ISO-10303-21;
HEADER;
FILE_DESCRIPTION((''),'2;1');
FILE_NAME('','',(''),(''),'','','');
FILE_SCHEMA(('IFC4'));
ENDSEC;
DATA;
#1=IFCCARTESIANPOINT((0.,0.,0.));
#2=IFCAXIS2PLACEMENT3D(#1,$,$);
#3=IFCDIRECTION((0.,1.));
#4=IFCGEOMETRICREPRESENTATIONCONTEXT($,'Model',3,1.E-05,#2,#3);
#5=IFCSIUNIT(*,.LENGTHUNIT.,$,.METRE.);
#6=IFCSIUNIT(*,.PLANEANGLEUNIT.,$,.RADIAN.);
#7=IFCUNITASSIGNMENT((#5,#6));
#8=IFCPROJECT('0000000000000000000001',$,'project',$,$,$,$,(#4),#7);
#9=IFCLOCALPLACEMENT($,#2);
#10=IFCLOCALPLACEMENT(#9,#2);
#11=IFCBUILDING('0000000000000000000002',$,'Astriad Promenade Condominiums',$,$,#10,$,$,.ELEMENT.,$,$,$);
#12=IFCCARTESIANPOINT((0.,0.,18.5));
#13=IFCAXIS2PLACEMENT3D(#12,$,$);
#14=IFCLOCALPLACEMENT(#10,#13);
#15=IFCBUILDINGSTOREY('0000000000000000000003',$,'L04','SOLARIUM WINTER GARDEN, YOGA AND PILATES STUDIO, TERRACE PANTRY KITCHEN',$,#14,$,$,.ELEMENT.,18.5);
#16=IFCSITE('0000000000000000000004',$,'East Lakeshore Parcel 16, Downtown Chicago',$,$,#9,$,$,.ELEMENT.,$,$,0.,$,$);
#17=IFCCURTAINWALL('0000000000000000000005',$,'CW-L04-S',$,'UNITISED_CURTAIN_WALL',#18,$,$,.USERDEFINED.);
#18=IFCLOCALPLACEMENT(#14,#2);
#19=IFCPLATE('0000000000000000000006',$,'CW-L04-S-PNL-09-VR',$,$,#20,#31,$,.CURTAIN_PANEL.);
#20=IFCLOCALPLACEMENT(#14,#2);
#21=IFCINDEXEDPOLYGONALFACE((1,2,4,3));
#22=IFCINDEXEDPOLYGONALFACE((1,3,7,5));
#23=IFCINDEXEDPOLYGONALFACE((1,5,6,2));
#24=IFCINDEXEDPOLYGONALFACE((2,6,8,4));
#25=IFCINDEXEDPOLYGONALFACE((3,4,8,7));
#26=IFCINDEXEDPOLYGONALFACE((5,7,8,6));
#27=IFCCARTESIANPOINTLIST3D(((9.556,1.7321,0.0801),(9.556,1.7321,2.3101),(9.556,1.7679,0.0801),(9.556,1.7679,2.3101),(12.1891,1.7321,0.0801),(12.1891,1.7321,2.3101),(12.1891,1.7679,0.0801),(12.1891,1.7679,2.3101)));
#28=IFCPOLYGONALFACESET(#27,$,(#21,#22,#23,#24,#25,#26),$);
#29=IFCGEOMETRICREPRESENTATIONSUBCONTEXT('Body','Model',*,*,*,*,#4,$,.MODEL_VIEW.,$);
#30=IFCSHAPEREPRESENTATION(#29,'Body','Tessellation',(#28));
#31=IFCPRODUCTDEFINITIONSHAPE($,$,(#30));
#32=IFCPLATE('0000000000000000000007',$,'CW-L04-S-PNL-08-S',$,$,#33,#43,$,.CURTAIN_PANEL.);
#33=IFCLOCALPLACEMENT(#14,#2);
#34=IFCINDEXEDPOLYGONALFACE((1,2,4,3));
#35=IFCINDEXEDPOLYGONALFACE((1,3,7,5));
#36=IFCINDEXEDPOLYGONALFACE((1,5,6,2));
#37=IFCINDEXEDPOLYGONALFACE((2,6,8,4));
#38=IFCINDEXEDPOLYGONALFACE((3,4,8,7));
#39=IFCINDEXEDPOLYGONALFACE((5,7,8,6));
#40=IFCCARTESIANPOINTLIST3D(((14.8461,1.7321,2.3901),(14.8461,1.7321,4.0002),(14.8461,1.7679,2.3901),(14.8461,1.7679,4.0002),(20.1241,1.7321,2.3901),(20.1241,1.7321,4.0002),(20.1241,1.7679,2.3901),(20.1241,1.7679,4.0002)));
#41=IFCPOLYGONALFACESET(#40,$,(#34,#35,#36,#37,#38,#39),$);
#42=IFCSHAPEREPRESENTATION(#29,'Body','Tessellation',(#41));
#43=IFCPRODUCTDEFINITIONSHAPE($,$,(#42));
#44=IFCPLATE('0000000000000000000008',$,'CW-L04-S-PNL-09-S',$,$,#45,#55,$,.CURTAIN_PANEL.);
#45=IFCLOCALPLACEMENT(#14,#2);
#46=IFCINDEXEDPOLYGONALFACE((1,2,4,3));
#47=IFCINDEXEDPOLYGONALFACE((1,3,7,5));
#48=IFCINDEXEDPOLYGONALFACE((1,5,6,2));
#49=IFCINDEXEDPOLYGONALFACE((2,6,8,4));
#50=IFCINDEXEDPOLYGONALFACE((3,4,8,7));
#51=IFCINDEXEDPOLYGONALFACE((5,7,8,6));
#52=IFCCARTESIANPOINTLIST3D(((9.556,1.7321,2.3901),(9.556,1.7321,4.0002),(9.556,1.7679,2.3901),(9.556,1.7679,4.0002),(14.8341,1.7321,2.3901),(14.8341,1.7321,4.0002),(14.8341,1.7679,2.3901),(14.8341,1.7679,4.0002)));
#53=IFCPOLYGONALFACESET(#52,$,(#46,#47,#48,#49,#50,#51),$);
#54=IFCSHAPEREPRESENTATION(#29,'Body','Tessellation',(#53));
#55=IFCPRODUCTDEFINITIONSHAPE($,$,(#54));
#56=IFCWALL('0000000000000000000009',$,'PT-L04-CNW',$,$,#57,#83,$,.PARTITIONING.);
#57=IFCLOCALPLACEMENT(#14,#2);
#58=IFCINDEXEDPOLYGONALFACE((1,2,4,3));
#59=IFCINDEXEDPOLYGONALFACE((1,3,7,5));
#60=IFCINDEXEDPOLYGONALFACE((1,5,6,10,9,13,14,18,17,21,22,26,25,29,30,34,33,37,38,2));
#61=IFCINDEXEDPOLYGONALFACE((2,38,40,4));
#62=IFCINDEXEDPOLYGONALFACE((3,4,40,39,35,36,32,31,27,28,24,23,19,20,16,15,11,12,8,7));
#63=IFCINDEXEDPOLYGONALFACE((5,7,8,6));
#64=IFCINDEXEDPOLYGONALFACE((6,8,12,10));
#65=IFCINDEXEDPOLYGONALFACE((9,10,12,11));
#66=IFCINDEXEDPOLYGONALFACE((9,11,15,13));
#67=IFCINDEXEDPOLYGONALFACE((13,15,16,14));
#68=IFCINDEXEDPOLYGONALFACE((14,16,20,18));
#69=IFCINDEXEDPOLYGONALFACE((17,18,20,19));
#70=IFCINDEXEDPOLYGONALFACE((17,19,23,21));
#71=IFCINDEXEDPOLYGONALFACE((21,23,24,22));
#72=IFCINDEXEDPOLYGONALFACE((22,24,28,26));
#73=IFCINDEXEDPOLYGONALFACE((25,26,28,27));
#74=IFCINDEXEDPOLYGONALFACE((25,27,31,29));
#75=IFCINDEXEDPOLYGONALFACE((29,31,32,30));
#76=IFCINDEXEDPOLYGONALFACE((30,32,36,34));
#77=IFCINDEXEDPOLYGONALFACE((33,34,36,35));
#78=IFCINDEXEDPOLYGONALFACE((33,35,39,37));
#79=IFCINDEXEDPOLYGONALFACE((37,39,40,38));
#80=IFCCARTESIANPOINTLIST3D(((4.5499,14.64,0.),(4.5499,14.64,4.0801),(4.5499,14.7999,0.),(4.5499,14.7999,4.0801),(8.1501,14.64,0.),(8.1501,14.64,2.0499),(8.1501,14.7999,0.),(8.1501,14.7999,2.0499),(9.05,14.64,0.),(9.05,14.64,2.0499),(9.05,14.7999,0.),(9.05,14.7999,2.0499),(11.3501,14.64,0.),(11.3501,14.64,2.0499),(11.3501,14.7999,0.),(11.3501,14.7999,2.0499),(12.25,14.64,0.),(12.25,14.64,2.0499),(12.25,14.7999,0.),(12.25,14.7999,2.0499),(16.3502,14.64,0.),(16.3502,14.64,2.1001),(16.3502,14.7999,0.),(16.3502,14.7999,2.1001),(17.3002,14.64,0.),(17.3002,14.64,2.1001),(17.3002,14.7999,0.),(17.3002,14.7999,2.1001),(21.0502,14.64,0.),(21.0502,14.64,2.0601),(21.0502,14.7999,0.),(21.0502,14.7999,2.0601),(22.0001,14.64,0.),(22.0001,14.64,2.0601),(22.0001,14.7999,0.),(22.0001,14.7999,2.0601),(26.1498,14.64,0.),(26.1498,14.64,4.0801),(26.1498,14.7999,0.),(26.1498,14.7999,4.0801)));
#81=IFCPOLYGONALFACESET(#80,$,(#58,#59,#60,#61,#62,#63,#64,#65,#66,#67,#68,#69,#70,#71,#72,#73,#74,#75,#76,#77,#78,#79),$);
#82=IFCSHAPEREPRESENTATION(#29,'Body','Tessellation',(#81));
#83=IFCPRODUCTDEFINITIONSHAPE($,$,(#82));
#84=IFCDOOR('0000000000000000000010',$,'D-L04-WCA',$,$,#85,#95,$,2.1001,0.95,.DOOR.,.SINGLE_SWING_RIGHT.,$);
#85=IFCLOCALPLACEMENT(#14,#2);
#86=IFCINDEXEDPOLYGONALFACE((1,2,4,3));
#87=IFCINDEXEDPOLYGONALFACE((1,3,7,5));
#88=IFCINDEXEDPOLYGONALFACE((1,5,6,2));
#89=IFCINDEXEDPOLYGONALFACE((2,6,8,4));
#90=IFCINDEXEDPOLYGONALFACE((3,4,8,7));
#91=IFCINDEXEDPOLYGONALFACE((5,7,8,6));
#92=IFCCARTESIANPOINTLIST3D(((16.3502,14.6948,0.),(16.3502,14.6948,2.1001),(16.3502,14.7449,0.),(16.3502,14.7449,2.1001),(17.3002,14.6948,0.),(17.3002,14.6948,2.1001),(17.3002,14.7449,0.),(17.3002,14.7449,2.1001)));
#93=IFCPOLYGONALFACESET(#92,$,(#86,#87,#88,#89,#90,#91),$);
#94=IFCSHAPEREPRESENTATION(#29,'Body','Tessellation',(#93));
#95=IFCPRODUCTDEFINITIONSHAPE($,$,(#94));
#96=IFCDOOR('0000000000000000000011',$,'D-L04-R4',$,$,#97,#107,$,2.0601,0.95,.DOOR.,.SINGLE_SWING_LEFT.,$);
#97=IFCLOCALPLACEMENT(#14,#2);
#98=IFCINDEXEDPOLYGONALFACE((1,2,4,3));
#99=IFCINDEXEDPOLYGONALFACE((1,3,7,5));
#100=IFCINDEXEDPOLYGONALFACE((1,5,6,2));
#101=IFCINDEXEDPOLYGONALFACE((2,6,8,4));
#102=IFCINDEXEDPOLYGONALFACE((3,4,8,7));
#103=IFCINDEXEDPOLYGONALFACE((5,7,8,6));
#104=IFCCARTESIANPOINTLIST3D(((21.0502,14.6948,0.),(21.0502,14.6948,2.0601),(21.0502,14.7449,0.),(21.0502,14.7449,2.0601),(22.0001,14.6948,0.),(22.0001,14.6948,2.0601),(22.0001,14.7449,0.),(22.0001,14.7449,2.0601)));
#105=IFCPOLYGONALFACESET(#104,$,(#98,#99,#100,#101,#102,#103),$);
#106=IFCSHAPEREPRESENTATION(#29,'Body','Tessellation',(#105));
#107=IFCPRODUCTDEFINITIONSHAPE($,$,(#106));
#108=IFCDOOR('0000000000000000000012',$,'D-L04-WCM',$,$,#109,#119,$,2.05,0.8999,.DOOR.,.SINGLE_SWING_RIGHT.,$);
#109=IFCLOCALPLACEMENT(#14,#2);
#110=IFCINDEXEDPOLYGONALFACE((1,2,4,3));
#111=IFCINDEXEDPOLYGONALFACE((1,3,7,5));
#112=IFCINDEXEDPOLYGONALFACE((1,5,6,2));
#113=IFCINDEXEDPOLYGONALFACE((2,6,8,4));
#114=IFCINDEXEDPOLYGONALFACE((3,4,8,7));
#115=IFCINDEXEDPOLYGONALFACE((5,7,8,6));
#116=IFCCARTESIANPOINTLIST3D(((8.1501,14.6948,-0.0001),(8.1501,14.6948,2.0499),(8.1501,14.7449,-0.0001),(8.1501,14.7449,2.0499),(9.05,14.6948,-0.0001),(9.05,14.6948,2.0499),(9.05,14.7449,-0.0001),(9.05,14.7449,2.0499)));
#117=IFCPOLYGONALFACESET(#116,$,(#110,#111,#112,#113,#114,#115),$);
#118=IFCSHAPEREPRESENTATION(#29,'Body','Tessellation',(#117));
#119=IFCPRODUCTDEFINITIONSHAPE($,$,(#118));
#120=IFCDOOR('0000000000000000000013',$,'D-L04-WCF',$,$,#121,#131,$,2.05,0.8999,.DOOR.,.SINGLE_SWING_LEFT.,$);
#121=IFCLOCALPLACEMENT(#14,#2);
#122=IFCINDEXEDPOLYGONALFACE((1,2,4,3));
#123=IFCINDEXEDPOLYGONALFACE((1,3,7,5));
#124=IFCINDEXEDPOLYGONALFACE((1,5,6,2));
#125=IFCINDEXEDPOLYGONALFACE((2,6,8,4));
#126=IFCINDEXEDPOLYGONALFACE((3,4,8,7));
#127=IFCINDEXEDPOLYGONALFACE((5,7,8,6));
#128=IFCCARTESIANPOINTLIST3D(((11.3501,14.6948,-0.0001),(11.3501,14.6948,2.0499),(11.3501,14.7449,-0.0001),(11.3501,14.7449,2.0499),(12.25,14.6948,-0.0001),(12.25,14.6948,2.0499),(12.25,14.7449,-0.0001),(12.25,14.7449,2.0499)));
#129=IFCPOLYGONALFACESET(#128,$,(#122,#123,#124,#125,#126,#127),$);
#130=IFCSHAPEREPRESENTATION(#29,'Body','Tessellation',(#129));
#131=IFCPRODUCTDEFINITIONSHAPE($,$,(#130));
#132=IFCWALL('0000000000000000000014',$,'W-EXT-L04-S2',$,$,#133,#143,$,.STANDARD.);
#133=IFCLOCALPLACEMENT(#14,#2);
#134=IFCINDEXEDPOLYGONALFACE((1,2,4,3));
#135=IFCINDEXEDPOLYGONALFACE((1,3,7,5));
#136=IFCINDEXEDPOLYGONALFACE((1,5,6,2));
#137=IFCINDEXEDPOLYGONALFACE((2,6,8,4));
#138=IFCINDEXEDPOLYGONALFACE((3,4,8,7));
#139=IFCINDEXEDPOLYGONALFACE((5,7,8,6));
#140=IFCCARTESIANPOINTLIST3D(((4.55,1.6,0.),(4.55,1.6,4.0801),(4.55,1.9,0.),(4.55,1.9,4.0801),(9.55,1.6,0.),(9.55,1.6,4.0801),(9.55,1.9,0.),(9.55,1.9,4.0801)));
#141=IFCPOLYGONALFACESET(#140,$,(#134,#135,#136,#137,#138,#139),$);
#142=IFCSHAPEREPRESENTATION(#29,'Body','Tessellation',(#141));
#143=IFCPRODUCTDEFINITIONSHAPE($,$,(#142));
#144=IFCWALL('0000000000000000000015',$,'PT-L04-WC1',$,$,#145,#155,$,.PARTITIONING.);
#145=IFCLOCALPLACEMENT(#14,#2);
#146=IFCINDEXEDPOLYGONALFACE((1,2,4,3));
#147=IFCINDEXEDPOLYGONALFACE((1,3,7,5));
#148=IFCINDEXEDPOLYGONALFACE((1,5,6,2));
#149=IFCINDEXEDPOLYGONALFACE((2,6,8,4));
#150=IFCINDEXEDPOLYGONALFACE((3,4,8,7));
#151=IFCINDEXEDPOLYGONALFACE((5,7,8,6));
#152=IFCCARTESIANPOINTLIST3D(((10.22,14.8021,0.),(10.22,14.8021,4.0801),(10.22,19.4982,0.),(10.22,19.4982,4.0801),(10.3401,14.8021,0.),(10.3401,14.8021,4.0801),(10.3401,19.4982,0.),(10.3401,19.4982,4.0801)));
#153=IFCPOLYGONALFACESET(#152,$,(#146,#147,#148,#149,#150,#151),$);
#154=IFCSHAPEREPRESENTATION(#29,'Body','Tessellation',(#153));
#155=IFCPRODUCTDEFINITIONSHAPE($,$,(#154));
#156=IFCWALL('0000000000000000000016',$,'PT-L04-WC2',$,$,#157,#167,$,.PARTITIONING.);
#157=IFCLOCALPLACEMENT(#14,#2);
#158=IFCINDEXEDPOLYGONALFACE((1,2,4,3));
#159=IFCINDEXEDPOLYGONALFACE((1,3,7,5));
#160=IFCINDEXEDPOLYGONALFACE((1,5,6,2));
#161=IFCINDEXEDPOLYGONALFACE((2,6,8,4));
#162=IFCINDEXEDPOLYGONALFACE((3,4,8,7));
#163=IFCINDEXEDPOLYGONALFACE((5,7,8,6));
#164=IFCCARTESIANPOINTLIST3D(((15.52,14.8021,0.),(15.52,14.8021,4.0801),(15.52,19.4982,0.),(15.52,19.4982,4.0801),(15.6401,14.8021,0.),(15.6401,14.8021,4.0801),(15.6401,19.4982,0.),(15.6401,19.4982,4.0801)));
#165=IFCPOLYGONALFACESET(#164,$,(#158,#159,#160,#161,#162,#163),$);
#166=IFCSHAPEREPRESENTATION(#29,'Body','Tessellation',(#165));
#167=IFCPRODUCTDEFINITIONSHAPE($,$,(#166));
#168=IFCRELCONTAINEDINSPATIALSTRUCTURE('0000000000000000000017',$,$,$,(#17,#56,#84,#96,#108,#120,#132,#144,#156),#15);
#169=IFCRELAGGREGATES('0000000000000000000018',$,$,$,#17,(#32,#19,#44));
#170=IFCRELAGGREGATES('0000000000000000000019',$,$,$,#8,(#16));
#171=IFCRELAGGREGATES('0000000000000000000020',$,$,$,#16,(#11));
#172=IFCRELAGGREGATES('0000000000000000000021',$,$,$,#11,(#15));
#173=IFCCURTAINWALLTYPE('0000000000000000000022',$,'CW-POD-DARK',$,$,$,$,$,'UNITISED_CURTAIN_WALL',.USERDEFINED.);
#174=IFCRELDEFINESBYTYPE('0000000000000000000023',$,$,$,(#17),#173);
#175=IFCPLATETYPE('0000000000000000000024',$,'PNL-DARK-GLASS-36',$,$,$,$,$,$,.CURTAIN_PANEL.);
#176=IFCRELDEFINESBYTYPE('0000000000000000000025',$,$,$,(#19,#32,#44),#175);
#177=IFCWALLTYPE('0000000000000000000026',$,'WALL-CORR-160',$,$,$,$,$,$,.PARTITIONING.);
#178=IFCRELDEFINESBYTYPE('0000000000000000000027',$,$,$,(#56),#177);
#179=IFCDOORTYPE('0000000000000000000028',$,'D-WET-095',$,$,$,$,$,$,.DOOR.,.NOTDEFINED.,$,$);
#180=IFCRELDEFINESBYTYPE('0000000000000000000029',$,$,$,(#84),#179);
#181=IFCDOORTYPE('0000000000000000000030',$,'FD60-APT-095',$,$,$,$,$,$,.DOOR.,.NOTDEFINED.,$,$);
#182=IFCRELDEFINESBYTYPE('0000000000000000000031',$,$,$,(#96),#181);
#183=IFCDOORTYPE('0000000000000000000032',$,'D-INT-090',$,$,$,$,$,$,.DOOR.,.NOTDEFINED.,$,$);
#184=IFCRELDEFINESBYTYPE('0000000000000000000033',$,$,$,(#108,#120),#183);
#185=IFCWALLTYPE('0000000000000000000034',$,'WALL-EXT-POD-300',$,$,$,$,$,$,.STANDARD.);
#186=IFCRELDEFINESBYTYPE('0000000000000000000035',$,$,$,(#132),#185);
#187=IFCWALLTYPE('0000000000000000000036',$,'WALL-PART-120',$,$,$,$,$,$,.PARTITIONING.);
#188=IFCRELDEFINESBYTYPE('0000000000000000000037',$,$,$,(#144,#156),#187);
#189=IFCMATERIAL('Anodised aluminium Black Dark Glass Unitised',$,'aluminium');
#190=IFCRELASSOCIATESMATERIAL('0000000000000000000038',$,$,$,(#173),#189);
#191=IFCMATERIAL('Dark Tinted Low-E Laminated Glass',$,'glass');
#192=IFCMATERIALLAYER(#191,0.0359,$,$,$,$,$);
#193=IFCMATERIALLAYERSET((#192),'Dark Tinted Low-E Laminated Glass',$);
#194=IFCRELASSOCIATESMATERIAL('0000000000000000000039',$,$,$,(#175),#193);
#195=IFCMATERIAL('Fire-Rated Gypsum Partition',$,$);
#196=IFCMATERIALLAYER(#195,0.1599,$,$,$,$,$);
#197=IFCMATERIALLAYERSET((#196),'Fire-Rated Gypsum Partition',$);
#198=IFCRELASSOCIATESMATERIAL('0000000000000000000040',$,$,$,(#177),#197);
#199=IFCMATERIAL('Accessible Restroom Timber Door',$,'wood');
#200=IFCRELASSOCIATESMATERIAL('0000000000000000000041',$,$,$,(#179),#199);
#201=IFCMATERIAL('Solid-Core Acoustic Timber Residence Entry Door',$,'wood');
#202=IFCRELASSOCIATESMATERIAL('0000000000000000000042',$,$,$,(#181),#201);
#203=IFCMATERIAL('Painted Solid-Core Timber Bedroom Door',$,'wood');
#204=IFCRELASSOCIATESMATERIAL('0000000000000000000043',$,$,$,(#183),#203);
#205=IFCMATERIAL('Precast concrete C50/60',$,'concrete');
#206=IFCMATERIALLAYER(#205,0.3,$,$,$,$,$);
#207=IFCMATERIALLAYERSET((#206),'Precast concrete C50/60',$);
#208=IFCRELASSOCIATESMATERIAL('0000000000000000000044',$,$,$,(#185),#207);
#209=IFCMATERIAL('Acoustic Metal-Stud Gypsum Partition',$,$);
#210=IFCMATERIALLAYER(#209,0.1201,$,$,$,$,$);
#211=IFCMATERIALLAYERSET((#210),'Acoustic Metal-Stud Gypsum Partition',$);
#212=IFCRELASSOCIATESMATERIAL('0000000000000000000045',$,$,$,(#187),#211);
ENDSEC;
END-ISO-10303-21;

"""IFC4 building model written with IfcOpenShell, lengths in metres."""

from ifc_helpers import new_model, si_unit, direction, frame, frame_2d, origin, origin_2d, place, context, subcontext, project, spatial, rectangle, extrude, source, transform, mapped, material, layer, layer_set, type_object, type_shapes, element, fill, aggregate, save


model = new_model("IFC4")

# Units and contexts
model_context = context("Model", 3, precision=1e-05, world=origin(), true_north=direction((0.0, 1.0)))
body_context = subcontext(model_context, "Body", "Model", "MODEL_VIEW")
ifc_project = project(units=[si_unit("LENGTHUNIT", "METRE"), si_unit("PLANEANGLEUNIT", "RADIAN")], contexts=[model_context])

# Site, building, storey
site_placement = place(None, origin())
site = spatial("IfcSite", under=ifc_project, at=site_placement, Name="East Lakeshore Parcel 16, Downtown Chicago", CompositionType="ELEMENT", RefElevation=0.0)
building_placement = place(site_placement, origin())
building = spatial("IfcBuilding", under=site, at=building_placement, Name="Astriad Promenade Condominiums", CompositionType="ELEMENT")
storey_placement = place(building_placement, frame((0.0, 0.0, 18.5)))
storey = spatial("IfcBuildingStorey", under=building, at=storey_placement, Name="L04", Description="SOLARIUM WINTER GARDEN, YOGA AND PILATES STUDIO, TERRACE PANTRY KITCHEN", CompositionType="ELEMENT", Elevation=18.5)

# Curtain wall
ifc_material_1 = material(Name="Anodised aluminium Black Dark Glass Unitised", Category="aluminium")
curtain_wall_type = type_object("IfcCurtainWallType", Name="CW-POD-DARK", ElementType="UNITISED_CURTAIN_WALL", PredefinedType="USERDEFINED", material=ifc_material_1)
curtain_wall_1_placement = place(storey_placement, origin())
curtain_wall_1 = element("IfcCurtainWall", 1, at=curtain_wall_1_placement, inside=storey, type_object=curtain_wall_type, Name="CW-L04-S", ObjectType="UNITISED_CURTAIN_WALL", PredefinedType="USERDEFINED")

# Shared definitions
ifc_material_2 = material(Name="Dark Tinted Low-E Laminated Glass", Category="glass")
ifc_layer_1 = layer(ifc_material_2, 0.0359)
ifc_layer_set_1 = layer_set([ifc_layer_1], Name="Dark Tinted Low-E Laminated Glass")
plate_type_1 = type_object("IfcPlateType", Name="PNL-DARK-GLASS-36", PredefinedType="CURTAIN_PANEL", material=ifc_layer_set_1)

# Plates
shared_shape_1 = source(origin(), body_context, "Body", "SweptSolid", [
    extrude(rectangle(XDim=2.6331, YDim=0.0359, at=origin_2d()), origin(), (0.0, 0.0, 1.0), 2.23),
])
plate_1_placement = place(storey_placement, frame((10.8726, 1.75, 0.0801), z_axis=(0.0, 0.0, 1.0), x_axis=(-1.0, 0.0, 0.0)))
plate_1 = element("IfcPlate", 2, at=plate_1_placement, type_object=plate_type_1, Name="CW-L04-S-PNL-09-VR", PredefinedType="CURTAIN_PANEL", context=body_context, shape_type="MappedRepresentation", body=[
    mapped(shared_shape_1, transform((0.0, 0.0, 0.0), scale=1.0)),
])
shared_shape_2 = source(origin(), body_context, "Body", "SweptSolid", [
    extrude(rectangle(XDim=5.2781, YDim=0.0359, at=origin_2d()), origin(), (0.0, 0.0, 1.0), 1.6101),
])
plate_2_placement = place(storey_placement, frame((17.4851, 1.75, 2.3901), z_axis=(0.0, 0.0, 1.0), x_axis=(-1.0, 0.0, 0.0)))
plate_2 = element("IfcPlate", 3, at=plate_2_placement, type_object=plate_type_1, Name="CW-L04-S-PNL-08-S", PredefinedType="CURTAIN_PANEL", context=body_context, shape_type="MappedRepresentation", body=[
    mapped(shared_shape_2, transform((0.0, 0.0, 0.0), scale=1.0)),
])
plate_3_placement = place(storey_placement, frame((12.1951, 1.75, 2.3901), z_axis=(0.0, 0.0, 1.0), x_axis=(-1.0, 0.0, 0.0)))
plate_3 = element("IfcPlate", 4, at=plate_3_placement, type_object=plate_type_1, Name="CW-L04-S-PNL-09-S", PredefinedType="CURTAIN_PANEL", context=body_context, shape_type="MappedRepresentation", body=[
    mapped(shared_shape_2, transform((0.0, 0.0, 0.0), scale=1.0)),
])
aggregate(curtain_wall_1, [plate_2, plate_1, plate_3])

# Wall, openings, doors
ifc_material_3 = material(Name="Fire-Rated Gypsum Partition")
ifc_layer_2 = layer(ifc_material_3, 0.1599)
ifc_layer_set_2 = layer_set([ifc_layer_2], Name="Fire-Rated Gypsum Partition")
wall_type_1 = type_object("IfcWallType", Name="WALL-CORR-160", PredefinedType="PARTITIONING", material=ifc_layer_set_2)
wall_1_placement = place(storey_placement, frame((4.55, 14.72, 0.0), z_axis=(0.0, 0.0, 1.0), x_axis=(1.0, 0.0, 0.0)))
wall_1 = element("IfcWall", 5, at=wall_1_placement, inside=storey, type_object=wall_type_1, Name="PT-L04-CNW", PredefinedType="PARTITIONING", context=body_context, shape_type="SweptSolid", body=[
    extrude(rectangle(XDim=21.5999, YDim=0.1599, at=frame_2d((10.7998, 0.0))), origin(), (0.0, 0.0, 1.0), 4.0801),
])
opening_1_placement = place(wall_1_placement, frame((16.5, 0.0, 0.0)))
opening_1 = element("IfcOpeningElement", 6, at=opening_1_placement, cuts=wall_1, PredefinedType="OPENING", context=body_context, shape_type="SweptSolid", body=[
    extrude(rectangle(XDim=0.95, YDim=2.0601, at=frame_2d((0.4751, 1.03))), frame((0.0, 0.0898, 0.0), z_axis=(0.0, -1.0, 0.0), x_axis=(1.0, 0.0, 0.0)), (0.0, 0.0, 1.0), 0.1799),
])
opening_2_placement = place(wall_1_placement, frame((3.6001, 0.0, 0.0)))
opening_2 = element("IfcOpeningElement", 7, at=opening_2_placement, cuts=wall_1, PredefinedType="OPENING", context=body_context, shape_type="SweptSolid", body=[
    extrude(rectangle(XDim=0.8999, YDim=2.05, at=frame_2d((0.45, 1.0249))), frame((0.0, 0.0898, 0.0), z_axis=(0.0, -1.0, 0.0), x_axis=(1.0, 0.0, 0.0)), (0.0, 0.0, 1.0), 0.1799),
])
opening_3_placement = place(wall_1_placement, frame((6.8, 0.0, 0.0)))
opening_3 = element("IfcOpeningElement", 8, at=opening_3_placement, cuts=wall_1, PredefinedType="OPENING", context=body_context, shape_type="SweptSolid", body=[
    extrude(rectangle(XDim=0.8999, YDim=2.05, at=frame_2d((0.45, 1.0249))), frame((0.0, 0.0898, 0.0), z_axis=(0.0, -1.0, 0.0), x_axis=(1.0, 0.0, 0.0)), (0.0, 0.0, 1.0), 0.1799),
])
opening_4_placement = place(wall_1_placement, frame((11.8, 0.0, 0.0)))
opening_4 = element("IfcOpeningElement", 9, at=opening_4_placement, cuts=wall_1, PredefinedType="OPENING", context=body_context, shape_type="SweptSolid", body=[
    extrude(rectangle(XDim=0.95, YDim=2.1001, at=frame_2d((0.4751, 1.05))), frame((0.0, 0.0898, 0.0), z_axis=(0.0, -1.0, 0.0), x_axis=(1.0, 0.0, 0.0)), (0.0, 0.0, 1.0), 0.1799),
])
ifc_material_4 = material(Name="Accessible Restroom Timber Door", Category="wood")
door_type_1 = type_object("IfcDoorType", Name="D-WET-095", OperationType="NOTDEFINED", PredefinedType="DOOR", material=ifc_material_4)
shared_shape_3 = source(origin(), body_context, "Body", "SweptSolid", [
    extrude(rectangle(XDim=0.95, YDim=2.1001, at=frame_2d((0.4751, 1.05))), frame((0.0, 0.0249, 0.0), z_axis=(0.0, -1.0, 0.0), x_axis=(1.0, 0.0, 0.0)), (0.0, 0.0, 1.0), 0.05),
])
type_shapes(door_type_1, [shared_shape_3])
door_1_placement = place(opening_4_placement, origin())
door_1 = element("IfcDoor", 10, at=door_1_placement, inside=storey, type_object=door_type_1, Name="D-L04-WCA", OperationType="SINGLE_SWING_RIGHT", OverallHeight=2.1001, OverallWidth=0.95, PredefinedType="DOOR", context=body_context, shape_type="MappedRepresentation", body=[
    mapped(shared_shape_3, transform((0.0, 0.0, 0.0), scale=1.0)),
])
fill(opening_4, door_1)
ifc_material_5 = material(Name="Solid-Core Acoustic Timber Residence Entry Door", Category="wood")
door_type_2 = type_object("IfcDoorType", Name="FD60-APT-095", OperationType="NOTDEFINED", PredefinedType="DOOR", material=ifc_material_5)
shared_shape_4 = source(origin(), body_context, "Body", "SweptSolid", [
    extrude(rectangle(XDim=0.95, YDim=2.0601, at=frame_2d((0.4751, 1.03))), frame((0.0, 0.0249, 0.0), z_axis=(0.0, -1.0, 0.0), x_axis=(1.0, 0.0, 0.0)), (0.0, 0.0, 1.0), 0.05),
])
type_shapes(door_type_2, [shared_shape_4])
door_2_placement = place(opening_1_placement, origin())
door_2 = element("IfcDoor", 11, at=door_2_placement, inside=storey, type_object=door_type_2, Name="D-L04-R4", OperationType="SINGLE_SWING_LEFT", OverallHeight=2.0601, OverallWidth=0.95, PredefinedType="DOOR", context=body_context, shape_type="MappedRepresentation", body=[
    mapped(shared_shape_4, transform((0.0, 0.0, 0.0), scale=1.0)),
])
fill(opening_1, door_2)
ifc_material_6 = material(Name="Painted Solid-Core Timber Bedroom Door", Category="wood")
door_type_3 = type_object("IfcDoorType", Name="D-INT-090", OperationType="NOTDEFINED", PredefinedType="DOOR", material=ifc_material_6)
shared_shape_5 = source(origin(), body_context, "Body", "SweptSolid", [
    extrude(rectangle(XDim=0.8999, YDim=2.05, at=frame_2d((0.45, 1.0249))), frame((0.0, 0.0249, 0.0), z_axis=(0.0, -1.0, 0.0), x_axis=(1.0, 0.0, 0.0)), (0.0, 0.0, 1.0), 0.05),
])
type_shapes(door_type_3, [shared_shape_5])
door_3_placement = place(opening_2_placement, origin())
door_3 = element("IfcDoor", 12, at=door_3_placement, inside=storey, type_object=door_type_3, Name="D-L04-WCM", OperationType="SINGLE_SWING_RIGHT", OverallHeight=2.05, OverallWidth=0.8999, PredefinedType="DOOR", context=body_context, shape_type="MappedRepresentation", body=[
    mapped(shared_shape_5, transform((0.0, 0.0, 0.0), scale=1.0)),
])
fill(opening_2, door_3)
door_4_placement = place(opening_3_placement, origin())
door_4 = element("IfcDoor", 13, at=door_4_placement, inside=storey, type_object=door_type_3, Name="D-L04-WCF", OperationType="SINGLE_SWING_LEFT", OverallHeight=2.05, OverallWidth=0.8999, PredefinedType="DOOR", context=body_context, shape_type="MappedRepresentation", body=[
    mapped(shared_shape_5, transform((0.0, 0.0, 0.0), scale=1.0)),
])
fill(opening_3, door_4)

# Walls
ifc_material_7 = material(Name="Precast concrete C50/60", Category="concrete")
ifc_layer_3 = layer(ifc_material_7, 0.3)
ifc_layer_set_3 = layer_set([ifc_layer_3], Name="Precast concrete C50/60")
wall_type_2 = type_object("IfcWallType", Name="WALL-EXT-POD-300", PredefinedType="STANDARD", material=ifc_layer_set_3)
wall_2_placement = place(storey_placement, frame((9.55, 1.75, 0.0), z_axis=(0.0, 0.0, 1.0), x_axis=(-1.0, 0.0, 0.0)))
element("IfcWall", 14, at=wall_2_placement, inside=storey, type_object=wall_type_2, Name="W-EXT-L04-S2", PredefinedType="STANDARD", context=body_context, shape_type="SweptSolid", body=[
    extrude(rectangle(XDim=5.0, YDim=0.3, at=frame_2d((2.5, 0.0))), origin(), (0.0, 0.0, 1.0), 4.0801),
])
ifc_material_8 = material(Name="Acoustic Metal-Stud Gypsum Partition")
ifc_layer_4 = layer(ifc_material_8, 0.1201)
ifc_layer_set_4 = layer_set([ifc_layer_4], Name="Acoustic Metal-Stud Gypsum Partition")
wall_type_3 = type_object("IfcWallType", Name="WALL-PART-120", PredefinedType="PARTITIONING", material=ifc_layer_set_4)
for number, where, z_axis, x_axis, name in (
    (15, (10.28, 14.802, 0.0), (0.0, 0.0, 1.0), (0.0, 1.0, 0.0), "PT-L04-WC1"),
    (16, (15.5801, 14.802, 0.0), (0.0, 0.0, 1.0), (0.0, 1.0, 0.0), "PT-L04-WC2"),
):
    element("IfcWall", number, at=place(storey_placement, frame(where, z_axis=z_axis, x_axis=x_axis)), inside=storey, type_object=wall_type_3, Name=name, PredefinedType="PARTITIONING", context=body_context, shape_type="SweptSolid", body=[
        extrude(rectangle(XDim=4.696, YDim=0.1201, at=frame_2d((2.3481, 0.0))), origin(), (0.0, 0.0, 1.0), 4.0801),
    ])

save(model, "model.ifc")
